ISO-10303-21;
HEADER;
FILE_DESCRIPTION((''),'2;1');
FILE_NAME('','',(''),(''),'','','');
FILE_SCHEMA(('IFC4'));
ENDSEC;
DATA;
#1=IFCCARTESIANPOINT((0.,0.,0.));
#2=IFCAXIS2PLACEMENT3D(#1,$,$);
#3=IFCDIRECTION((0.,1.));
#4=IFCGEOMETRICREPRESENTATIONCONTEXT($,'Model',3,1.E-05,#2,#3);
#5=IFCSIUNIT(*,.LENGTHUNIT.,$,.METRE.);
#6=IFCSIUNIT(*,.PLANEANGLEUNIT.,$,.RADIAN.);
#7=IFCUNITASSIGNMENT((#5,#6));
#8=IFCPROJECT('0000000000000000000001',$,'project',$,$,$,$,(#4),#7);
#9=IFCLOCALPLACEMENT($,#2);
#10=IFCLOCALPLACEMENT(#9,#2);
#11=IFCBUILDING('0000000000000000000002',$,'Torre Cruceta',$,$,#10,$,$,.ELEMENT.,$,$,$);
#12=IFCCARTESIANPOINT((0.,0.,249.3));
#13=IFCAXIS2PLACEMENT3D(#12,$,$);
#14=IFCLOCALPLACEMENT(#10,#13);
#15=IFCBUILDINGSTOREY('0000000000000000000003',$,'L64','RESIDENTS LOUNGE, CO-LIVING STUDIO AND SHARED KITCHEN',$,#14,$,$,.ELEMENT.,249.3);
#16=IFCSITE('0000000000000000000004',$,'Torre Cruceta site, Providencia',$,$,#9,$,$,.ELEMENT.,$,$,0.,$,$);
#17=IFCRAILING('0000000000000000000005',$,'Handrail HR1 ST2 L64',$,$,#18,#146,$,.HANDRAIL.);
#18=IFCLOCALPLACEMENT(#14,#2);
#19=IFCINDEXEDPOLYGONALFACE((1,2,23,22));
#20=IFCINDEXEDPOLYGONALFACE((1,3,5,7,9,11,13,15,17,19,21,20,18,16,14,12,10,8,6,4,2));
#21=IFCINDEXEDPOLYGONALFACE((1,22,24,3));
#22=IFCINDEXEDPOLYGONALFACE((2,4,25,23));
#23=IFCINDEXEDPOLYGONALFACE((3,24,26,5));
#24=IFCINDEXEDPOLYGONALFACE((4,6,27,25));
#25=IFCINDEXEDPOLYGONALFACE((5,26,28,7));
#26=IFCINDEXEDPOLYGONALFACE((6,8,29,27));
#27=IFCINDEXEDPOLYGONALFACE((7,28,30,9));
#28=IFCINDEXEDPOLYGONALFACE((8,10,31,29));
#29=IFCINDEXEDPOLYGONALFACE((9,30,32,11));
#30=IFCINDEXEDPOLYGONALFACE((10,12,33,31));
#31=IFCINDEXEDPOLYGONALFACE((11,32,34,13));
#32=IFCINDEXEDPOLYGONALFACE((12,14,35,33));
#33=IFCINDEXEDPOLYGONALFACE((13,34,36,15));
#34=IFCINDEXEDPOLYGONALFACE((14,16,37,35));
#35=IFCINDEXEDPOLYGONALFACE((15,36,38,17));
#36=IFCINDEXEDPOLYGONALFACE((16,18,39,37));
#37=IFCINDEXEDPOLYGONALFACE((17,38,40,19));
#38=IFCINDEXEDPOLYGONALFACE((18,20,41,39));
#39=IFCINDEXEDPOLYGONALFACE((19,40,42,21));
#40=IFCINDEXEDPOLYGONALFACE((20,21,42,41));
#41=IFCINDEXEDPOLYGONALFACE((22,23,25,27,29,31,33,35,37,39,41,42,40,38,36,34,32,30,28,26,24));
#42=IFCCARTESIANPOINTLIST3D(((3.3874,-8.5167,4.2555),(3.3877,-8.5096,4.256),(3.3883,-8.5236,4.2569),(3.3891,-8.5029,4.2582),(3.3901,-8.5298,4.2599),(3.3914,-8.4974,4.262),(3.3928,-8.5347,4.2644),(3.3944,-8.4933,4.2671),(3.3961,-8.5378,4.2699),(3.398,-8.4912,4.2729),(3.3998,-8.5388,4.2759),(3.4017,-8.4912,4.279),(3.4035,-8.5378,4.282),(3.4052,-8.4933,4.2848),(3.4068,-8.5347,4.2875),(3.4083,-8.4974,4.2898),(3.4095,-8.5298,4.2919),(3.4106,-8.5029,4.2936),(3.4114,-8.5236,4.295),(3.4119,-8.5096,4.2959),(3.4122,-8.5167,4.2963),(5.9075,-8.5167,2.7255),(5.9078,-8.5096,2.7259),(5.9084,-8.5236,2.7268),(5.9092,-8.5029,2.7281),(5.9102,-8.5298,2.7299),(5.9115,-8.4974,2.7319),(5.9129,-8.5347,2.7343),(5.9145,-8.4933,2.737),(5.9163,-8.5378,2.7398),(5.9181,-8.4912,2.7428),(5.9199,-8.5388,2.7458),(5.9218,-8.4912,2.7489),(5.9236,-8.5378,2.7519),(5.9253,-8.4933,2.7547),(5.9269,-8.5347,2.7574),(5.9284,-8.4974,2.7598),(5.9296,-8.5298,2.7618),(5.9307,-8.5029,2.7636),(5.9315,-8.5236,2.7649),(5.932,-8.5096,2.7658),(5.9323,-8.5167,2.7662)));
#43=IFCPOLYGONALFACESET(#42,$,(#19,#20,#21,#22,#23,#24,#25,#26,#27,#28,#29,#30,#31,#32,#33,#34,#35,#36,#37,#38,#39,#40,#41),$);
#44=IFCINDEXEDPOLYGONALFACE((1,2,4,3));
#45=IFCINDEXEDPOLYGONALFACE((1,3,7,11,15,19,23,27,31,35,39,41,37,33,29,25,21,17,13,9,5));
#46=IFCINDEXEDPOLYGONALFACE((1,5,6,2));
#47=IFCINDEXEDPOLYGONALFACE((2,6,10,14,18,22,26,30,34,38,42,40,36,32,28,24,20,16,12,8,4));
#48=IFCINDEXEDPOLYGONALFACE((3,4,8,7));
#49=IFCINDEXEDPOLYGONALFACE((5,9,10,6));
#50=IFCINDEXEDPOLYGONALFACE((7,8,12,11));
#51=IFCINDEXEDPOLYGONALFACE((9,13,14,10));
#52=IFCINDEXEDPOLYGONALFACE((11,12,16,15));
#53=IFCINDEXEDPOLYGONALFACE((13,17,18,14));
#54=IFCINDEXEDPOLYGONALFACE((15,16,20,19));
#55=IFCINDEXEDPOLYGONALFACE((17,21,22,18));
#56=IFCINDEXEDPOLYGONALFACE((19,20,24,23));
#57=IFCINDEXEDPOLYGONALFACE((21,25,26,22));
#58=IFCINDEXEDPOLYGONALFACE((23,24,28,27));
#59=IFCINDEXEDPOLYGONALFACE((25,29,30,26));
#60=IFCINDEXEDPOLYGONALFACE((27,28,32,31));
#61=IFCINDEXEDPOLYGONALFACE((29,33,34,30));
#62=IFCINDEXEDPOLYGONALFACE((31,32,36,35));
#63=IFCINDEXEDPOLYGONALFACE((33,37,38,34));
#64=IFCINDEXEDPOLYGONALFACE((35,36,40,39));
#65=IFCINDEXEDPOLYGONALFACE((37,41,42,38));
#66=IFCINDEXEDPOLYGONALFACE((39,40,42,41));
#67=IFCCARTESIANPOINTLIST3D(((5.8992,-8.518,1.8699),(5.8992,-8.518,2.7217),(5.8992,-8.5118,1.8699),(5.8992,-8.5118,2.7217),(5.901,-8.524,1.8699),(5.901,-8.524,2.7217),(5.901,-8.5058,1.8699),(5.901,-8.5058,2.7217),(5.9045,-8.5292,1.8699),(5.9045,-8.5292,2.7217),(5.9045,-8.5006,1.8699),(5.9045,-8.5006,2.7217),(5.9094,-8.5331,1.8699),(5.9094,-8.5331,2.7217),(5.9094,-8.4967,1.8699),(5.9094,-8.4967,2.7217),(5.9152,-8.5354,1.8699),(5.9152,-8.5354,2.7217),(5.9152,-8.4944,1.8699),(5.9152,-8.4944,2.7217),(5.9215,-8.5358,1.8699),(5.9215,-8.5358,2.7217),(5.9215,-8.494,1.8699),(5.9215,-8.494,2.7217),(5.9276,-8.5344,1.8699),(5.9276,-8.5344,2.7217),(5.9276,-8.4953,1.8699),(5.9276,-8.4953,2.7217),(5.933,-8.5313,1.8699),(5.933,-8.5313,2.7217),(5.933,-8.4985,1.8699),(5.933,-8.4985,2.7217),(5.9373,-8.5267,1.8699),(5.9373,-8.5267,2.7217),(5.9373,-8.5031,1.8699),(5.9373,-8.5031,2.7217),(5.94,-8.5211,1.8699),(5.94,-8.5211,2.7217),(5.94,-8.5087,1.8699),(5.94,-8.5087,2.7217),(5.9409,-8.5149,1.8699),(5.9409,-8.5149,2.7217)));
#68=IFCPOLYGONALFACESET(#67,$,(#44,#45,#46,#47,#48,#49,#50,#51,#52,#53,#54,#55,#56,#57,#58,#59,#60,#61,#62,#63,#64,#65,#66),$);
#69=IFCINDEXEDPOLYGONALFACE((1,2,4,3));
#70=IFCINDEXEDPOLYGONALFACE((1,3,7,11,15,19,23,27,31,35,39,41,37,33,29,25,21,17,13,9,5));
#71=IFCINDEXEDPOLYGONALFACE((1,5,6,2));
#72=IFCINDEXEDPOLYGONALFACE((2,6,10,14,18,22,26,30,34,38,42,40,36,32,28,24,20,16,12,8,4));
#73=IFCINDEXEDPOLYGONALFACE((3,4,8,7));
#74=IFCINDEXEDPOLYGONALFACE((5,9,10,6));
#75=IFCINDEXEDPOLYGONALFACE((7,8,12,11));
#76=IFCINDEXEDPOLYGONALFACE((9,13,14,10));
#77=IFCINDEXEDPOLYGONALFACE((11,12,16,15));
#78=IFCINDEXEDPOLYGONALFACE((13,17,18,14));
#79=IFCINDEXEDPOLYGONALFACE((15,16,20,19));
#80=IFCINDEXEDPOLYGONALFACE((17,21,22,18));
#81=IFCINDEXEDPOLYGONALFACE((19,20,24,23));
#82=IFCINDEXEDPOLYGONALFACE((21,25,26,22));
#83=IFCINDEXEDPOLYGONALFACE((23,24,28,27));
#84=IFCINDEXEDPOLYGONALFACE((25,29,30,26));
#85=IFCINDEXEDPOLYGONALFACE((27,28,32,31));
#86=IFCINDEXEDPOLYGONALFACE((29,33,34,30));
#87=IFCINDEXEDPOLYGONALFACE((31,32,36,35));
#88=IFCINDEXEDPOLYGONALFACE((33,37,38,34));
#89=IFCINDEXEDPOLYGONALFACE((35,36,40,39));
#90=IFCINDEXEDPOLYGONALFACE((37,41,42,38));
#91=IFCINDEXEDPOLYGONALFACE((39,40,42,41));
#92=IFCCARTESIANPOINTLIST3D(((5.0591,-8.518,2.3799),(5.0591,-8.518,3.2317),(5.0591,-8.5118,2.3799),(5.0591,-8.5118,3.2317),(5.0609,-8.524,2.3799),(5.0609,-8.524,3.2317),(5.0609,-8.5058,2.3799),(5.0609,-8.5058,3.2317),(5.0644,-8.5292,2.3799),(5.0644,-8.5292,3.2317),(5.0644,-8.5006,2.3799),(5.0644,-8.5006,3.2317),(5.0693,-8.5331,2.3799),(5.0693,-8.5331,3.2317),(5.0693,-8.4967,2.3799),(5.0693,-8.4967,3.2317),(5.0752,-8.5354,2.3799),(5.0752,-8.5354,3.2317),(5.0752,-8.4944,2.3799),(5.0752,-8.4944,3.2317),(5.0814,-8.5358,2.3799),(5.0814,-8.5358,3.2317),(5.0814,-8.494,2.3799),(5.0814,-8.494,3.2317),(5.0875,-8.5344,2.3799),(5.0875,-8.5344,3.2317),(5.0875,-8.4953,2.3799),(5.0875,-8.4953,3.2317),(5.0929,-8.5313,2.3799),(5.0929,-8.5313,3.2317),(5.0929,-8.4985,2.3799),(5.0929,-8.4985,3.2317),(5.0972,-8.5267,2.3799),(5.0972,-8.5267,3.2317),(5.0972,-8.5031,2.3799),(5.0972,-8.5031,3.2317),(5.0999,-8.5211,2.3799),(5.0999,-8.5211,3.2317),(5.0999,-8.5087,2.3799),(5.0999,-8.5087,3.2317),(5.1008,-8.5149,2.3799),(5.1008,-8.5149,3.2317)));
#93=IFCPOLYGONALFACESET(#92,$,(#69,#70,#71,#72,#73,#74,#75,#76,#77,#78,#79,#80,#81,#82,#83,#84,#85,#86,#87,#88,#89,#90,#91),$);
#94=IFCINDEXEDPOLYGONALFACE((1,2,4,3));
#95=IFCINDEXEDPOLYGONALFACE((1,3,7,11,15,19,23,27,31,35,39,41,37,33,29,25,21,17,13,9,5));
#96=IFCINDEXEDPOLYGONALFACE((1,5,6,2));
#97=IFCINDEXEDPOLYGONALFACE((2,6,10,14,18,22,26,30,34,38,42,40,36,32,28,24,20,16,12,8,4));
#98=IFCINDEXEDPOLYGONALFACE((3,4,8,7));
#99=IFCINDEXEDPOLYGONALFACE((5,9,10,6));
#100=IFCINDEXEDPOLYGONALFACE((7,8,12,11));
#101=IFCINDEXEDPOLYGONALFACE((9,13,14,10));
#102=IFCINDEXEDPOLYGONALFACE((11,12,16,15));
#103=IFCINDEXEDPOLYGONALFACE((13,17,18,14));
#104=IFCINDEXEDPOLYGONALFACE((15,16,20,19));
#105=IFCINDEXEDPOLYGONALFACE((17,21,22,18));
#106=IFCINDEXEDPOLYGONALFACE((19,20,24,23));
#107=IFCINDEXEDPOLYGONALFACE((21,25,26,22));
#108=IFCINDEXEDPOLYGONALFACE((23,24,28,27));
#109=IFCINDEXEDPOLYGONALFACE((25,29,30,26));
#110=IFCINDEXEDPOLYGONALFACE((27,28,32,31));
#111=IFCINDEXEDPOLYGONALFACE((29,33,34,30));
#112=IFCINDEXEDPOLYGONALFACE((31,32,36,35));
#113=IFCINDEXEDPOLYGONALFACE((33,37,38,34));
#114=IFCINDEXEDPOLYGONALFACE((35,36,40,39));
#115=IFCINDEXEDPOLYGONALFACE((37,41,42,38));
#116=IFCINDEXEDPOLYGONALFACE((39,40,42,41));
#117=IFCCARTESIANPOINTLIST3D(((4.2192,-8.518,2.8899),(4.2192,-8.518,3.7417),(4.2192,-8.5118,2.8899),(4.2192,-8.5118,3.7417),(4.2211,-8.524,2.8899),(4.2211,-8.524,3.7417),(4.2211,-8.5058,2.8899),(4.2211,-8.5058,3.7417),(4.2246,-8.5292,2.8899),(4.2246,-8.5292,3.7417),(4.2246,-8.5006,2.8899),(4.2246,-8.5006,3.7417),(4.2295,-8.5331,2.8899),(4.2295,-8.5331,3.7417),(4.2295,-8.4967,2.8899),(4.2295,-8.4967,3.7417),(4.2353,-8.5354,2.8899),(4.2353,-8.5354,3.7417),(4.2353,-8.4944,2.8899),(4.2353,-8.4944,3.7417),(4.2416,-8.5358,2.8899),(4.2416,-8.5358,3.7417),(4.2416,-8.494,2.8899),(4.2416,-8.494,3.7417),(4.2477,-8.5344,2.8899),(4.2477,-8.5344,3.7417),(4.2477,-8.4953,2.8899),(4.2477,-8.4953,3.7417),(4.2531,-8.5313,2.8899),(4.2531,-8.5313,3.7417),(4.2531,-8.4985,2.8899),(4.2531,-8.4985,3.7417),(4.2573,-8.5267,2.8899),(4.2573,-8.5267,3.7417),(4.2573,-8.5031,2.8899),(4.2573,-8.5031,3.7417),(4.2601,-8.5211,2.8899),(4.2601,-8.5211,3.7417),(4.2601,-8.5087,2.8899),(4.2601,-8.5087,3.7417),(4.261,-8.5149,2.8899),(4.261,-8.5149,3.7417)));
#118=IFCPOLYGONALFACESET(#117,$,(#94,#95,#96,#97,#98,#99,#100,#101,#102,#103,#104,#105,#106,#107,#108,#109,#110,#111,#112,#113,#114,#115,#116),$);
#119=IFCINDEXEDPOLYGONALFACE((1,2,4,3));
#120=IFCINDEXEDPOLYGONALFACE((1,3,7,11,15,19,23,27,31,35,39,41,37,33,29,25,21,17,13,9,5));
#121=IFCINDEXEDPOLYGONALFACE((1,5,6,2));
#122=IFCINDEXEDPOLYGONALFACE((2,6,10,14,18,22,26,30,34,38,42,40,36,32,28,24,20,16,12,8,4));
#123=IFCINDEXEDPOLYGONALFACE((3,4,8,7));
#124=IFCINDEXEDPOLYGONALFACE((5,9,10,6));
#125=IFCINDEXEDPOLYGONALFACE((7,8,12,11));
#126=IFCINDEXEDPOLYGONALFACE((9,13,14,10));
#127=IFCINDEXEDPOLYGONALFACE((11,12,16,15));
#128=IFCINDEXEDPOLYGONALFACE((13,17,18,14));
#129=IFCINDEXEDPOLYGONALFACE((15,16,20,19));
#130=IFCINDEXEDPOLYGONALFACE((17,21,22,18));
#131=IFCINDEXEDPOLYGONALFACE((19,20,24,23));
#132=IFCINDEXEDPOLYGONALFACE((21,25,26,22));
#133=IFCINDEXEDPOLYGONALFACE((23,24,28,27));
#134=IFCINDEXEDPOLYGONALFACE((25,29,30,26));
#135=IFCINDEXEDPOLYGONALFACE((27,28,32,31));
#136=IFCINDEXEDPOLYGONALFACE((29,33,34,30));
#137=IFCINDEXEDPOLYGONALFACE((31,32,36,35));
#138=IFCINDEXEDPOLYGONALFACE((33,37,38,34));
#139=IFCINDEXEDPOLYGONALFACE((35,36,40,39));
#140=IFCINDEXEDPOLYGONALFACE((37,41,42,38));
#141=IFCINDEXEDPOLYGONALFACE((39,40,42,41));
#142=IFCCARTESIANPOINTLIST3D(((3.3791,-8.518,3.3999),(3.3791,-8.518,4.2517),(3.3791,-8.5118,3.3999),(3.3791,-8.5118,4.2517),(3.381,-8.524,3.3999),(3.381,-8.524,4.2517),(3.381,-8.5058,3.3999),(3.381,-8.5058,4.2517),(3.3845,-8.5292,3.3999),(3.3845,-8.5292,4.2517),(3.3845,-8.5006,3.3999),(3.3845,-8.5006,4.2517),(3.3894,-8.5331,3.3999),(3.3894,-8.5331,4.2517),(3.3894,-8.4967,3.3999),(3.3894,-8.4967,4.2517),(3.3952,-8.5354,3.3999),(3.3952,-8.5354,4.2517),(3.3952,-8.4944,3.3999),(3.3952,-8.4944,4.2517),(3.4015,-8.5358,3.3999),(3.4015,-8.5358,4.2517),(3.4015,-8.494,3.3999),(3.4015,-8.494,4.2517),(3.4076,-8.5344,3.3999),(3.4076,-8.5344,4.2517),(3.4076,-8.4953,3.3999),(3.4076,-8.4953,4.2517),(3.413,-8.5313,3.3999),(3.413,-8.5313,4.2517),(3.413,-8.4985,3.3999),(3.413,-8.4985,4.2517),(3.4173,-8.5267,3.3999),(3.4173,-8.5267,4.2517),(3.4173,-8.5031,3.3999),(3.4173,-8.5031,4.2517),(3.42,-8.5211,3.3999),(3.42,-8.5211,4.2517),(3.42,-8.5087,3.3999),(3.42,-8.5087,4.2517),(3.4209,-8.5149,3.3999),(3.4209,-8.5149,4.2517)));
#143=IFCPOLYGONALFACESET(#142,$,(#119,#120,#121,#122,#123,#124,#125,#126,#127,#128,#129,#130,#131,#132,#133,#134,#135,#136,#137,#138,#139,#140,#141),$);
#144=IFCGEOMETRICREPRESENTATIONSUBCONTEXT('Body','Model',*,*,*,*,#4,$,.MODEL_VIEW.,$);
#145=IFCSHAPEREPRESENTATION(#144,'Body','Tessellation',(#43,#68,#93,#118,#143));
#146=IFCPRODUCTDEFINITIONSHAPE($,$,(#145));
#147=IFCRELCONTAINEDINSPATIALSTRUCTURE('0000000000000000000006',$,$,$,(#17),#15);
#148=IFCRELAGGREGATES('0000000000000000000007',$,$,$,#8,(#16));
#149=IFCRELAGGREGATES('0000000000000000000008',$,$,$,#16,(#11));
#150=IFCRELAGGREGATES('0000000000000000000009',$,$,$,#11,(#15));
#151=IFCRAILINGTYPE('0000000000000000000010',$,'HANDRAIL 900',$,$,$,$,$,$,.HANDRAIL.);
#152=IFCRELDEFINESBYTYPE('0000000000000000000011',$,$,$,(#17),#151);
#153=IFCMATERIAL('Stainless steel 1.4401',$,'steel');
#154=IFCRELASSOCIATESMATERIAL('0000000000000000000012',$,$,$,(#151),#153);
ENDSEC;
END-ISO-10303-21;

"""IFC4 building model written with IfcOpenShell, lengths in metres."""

from ifc_helpers import new_model, si_unit, direction, frame, origin, origin_2d, place, context, subcontext, project, spatial, circle, extrude, material, type_object, element, save


model = new_model("IFC4")

# Units and contexts
model_context = context("Model", 3, precision=1e-05, world=origin(), true_north=direction((0.0, 1.0)))
body_context = subcontext(model_context, "Body", "Model", "MODEL_VIEW")
ifc_project = project(units=[si_unit("LENGTHUNIT", "METRE"), si_unit("PLANEANGLEUNIT", "RADIAN")], contexts=[model_context])

# Site, building, storey
site_placement = place(None, origin())
site = spatial("IfcSite", under=ifc_project, at=site_placement, Name="Torre Cruceta site, Providencia", CompositionType="ELEMENT", RefElevation=0.0)
building_placement = place(site_placement, origin())
building = spatial("IfcBuilding", under=site, at=building_placement, Name="Torre Cruceta", CompositionType="ELEMENT")
storey_placement = place(building_placement, frame((0.0, 0.0, 249.3)))
storey = spatial("IfcBuildingStorey", under=building, at=storey_placement, Name="L64", Description="RESIDENTS LOUNGE, CO-LIVING STUDIO AND SHARED KITCHEN", CompositionType="ELEMENT", Elevation=249.3)

# Railing
ifc_material_1 = material(Name="Stainless steel 1.4401", Category="steel")
railing_type = type_object("IfcRailingType", Name="HANDRAIL 900", PredefinedType="HANDRAIL", material=ifc_material_1)
railing_placement = place(storey_placement, frame((5.9199, -8.5149, 1.8699)))
element("IfcRailing", 1, at=railing_placement, inside=storey, type_object=railing_type, Name="Handrail HR1 ST2 L64", PredefinedType="HANDRAIL", context=body_context, shape_type="SweptSolid", body=[
    extrude(circle(Radius=0.0239, at=origin_2d()), frame((0.0, 0.0, 0.876), z_axis=(-0.854785, 0.0, 0.518982), x_axis=(0.0, -1.0, 0.0)), (0.0, 0.0, 1.0), 2.9482),
    extrude(circle(Radius=0.021, at=origin_2d()), origin(), (0.0, 0.0, 1.0), 0.8518),
    extrude(circle(Radius=0.021, at=origin_2d()), frame((-0.8401, 0.0, 0.51)), (0.0, 0.0, 1.0), 0.8518),
    extrude(circle(Radius=0.021, at=origin_2d()), frame((-1.6799, 0.0, 1.02)), (0.0, 0.0, 1.0), 0.8518),
    extrude(circle(Radius=0.021, at=origin_2d()), frame((-2.52, 0.0, 1.53)), (0.0, 0.0, 1.0), 0.8518),
])

save(model, "model.ifc")
